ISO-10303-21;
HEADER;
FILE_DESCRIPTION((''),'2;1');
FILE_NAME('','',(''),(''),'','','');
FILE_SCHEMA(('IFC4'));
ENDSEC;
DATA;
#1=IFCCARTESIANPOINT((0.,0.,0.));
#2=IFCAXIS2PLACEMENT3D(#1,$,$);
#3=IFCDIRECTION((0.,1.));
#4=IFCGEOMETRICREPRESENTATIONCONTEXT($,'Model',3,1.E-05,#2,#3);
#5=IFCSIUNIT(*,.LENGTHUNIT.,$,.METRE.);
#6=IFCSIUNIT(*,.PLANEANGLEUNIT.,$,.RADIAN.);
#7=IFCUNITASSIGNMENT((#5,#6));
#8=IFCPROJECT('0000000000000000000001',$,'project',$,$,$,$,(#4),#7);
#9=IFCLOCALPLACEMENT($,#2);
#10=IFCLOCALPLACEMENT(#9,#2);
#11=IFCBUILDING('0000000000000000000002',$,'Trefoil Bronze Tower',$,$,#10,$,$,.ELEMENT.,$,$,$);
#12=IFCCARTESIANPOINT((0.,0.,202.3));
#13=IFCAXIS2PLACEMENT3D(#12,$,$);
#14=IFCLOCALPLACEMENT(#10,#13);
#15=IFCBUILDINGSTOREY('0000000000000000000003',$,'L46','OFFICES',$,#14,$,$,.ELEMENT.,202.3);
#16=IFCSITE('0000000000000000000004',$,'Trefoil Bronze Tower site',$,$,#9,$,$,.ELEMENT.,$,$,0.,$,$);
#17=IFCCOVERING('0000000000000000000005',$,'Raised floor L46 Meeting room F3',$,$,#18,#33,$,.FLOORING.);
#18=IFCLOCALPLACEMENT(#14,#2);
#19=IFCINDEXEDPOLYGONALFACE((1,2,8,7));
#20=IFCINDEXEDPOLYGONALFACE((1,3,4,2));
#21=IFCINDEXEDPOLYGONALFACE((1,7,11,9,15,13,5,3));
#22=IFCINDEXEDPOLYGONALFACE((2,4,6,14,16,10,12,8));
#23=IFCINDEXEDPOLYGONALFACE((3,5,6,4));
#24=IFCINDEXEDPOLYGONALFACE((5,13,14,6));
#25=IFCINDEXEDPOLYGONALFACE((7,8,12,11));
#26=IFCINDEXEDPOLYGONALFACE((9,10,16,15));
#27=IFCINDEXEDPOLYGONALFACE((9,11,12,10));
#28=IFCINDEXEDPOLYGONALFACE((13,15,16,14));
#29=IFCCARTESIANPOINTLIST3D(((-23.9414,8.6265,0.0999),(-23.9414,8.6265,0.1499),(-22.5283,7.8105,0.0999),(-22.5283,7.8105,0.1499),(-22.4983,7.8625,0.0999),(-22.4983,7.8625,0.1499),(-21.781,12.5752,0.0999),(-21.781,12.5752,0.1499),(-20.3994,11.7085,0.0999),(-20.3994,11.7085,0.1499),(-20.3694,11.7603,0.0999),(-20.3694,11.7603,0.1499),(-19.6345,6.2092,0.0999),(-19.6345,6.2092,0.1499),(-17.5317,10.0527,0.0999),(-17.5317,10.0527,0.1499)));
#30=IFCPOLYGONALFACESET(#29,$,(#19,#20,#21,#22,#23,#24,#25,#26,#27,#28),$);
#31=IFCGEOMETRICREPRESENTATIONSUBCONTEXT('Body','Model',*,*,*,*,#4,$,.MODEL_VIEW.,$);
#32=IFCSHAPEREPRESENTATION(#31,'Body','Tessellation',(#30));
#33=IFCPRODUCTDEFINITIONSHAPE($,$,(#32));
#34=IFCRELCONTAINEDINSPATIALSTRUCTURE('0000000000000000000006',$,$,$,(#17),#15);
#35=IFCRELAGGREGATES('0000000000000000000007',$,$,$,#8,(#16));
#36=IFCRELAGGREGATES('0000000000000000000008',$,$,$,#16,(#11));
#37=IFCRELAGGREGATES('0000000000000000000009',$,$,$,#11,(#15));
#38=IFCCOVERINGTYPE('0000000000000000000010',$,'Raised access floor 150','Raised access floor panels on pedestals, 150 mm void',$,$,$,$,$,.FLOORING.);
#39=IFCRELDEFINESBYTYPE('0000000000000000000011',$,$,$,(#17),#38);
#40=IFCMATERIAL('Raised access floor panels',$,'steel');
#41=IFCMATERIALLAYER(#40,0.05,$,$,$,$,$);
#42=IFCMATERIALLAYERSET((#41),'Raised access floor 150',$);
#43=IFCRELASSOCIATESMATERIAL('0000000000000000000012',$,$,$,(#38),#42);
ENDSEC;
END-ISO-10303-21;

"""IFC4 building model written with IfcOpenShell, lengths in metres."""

from ifc_helpers import new_model, si_unit, direction, frame, origin, place, context, subcontext, project, spatial, polyline, outline, extrude, material, layer, layer_set, type_object, element, save


model = new_model("IFC4")

# Units and contexts
model_context = context("Model", 3, precision=1e-05, world=origin(), true_north=direction((0.0, 1.0)))
body_context = subcontext(model_context, "Body", "Model", "MODEL_VIEW")
ifc_project = project(units=[si_unit("LENGTHUNIT", "METRE"), si_unit("PLANEANGLEUNIT", "RADIAN")], contexts=[model_context])

# Site, building, storey
site_placement = place(None, origin())
site = spatial("IfcSite", under=ifc_project, at=site_placement, Name="Trefoil Bronze Tower site", CompositionType="ELEMENT", RefElevation=0.0)
building_placement = place(site_placement, origin())
building = spatial("IfcBuilding", under=site, at=building_placement, Name="Trefoil Bronze Tower", CompositionType="ELEMENT")
storey_placement = place(building_placement, frame((0.0, 0.0, 202.3)))
storey = spatial("IfcBuildingStorey", under=building, at=storey_placement, Name="L46", Description="OFFICES", CompositionType="ELEMENT", Elevation=202.3)

# Covering
ifc_material_1 = material(Name="Raised access floor panels", Category="steel")
ifc_layer_1 = layer(ifc_material_1, 0.05)
ifc_layer_set_1 = layer_set([ifc_layer_1], Name="Raised access floor 150")
covering_type = type_object("IfcCoveringType", Name="Raised access floor 150", Description="Raised access floor panels on pedestals, 150 mm void", PredefinedType="FLOORING", material=ifc_layer_set_1)
covering_1_placement = place(storey_placement, frame((0.0, 0.0, 0.0999)))
element("IfcCovering", 1, at=covering_1_placement, inside=storey, type_object=covering_type, Name="Raised floor L46 Meeting room F3", PredefinedType="FLOORING", context=body_context, shape_type="SweptSolid", body=[
    extrude(outline(polyline([(-23.9414, 8.6265), (-21.781, 12.5752), (-20.3694, 11.7603), (-20.3994, 11.7085), (-17.5317, 10.0527), (-19.6345, 6.2092), (-22.4983, 7.8625), (-22.5283, 7.8105), (-23.9414, 8.6265)])), origin(), (0.0, 0.0, 1.0), 0.05),
])

save(model, "model.ifc")
